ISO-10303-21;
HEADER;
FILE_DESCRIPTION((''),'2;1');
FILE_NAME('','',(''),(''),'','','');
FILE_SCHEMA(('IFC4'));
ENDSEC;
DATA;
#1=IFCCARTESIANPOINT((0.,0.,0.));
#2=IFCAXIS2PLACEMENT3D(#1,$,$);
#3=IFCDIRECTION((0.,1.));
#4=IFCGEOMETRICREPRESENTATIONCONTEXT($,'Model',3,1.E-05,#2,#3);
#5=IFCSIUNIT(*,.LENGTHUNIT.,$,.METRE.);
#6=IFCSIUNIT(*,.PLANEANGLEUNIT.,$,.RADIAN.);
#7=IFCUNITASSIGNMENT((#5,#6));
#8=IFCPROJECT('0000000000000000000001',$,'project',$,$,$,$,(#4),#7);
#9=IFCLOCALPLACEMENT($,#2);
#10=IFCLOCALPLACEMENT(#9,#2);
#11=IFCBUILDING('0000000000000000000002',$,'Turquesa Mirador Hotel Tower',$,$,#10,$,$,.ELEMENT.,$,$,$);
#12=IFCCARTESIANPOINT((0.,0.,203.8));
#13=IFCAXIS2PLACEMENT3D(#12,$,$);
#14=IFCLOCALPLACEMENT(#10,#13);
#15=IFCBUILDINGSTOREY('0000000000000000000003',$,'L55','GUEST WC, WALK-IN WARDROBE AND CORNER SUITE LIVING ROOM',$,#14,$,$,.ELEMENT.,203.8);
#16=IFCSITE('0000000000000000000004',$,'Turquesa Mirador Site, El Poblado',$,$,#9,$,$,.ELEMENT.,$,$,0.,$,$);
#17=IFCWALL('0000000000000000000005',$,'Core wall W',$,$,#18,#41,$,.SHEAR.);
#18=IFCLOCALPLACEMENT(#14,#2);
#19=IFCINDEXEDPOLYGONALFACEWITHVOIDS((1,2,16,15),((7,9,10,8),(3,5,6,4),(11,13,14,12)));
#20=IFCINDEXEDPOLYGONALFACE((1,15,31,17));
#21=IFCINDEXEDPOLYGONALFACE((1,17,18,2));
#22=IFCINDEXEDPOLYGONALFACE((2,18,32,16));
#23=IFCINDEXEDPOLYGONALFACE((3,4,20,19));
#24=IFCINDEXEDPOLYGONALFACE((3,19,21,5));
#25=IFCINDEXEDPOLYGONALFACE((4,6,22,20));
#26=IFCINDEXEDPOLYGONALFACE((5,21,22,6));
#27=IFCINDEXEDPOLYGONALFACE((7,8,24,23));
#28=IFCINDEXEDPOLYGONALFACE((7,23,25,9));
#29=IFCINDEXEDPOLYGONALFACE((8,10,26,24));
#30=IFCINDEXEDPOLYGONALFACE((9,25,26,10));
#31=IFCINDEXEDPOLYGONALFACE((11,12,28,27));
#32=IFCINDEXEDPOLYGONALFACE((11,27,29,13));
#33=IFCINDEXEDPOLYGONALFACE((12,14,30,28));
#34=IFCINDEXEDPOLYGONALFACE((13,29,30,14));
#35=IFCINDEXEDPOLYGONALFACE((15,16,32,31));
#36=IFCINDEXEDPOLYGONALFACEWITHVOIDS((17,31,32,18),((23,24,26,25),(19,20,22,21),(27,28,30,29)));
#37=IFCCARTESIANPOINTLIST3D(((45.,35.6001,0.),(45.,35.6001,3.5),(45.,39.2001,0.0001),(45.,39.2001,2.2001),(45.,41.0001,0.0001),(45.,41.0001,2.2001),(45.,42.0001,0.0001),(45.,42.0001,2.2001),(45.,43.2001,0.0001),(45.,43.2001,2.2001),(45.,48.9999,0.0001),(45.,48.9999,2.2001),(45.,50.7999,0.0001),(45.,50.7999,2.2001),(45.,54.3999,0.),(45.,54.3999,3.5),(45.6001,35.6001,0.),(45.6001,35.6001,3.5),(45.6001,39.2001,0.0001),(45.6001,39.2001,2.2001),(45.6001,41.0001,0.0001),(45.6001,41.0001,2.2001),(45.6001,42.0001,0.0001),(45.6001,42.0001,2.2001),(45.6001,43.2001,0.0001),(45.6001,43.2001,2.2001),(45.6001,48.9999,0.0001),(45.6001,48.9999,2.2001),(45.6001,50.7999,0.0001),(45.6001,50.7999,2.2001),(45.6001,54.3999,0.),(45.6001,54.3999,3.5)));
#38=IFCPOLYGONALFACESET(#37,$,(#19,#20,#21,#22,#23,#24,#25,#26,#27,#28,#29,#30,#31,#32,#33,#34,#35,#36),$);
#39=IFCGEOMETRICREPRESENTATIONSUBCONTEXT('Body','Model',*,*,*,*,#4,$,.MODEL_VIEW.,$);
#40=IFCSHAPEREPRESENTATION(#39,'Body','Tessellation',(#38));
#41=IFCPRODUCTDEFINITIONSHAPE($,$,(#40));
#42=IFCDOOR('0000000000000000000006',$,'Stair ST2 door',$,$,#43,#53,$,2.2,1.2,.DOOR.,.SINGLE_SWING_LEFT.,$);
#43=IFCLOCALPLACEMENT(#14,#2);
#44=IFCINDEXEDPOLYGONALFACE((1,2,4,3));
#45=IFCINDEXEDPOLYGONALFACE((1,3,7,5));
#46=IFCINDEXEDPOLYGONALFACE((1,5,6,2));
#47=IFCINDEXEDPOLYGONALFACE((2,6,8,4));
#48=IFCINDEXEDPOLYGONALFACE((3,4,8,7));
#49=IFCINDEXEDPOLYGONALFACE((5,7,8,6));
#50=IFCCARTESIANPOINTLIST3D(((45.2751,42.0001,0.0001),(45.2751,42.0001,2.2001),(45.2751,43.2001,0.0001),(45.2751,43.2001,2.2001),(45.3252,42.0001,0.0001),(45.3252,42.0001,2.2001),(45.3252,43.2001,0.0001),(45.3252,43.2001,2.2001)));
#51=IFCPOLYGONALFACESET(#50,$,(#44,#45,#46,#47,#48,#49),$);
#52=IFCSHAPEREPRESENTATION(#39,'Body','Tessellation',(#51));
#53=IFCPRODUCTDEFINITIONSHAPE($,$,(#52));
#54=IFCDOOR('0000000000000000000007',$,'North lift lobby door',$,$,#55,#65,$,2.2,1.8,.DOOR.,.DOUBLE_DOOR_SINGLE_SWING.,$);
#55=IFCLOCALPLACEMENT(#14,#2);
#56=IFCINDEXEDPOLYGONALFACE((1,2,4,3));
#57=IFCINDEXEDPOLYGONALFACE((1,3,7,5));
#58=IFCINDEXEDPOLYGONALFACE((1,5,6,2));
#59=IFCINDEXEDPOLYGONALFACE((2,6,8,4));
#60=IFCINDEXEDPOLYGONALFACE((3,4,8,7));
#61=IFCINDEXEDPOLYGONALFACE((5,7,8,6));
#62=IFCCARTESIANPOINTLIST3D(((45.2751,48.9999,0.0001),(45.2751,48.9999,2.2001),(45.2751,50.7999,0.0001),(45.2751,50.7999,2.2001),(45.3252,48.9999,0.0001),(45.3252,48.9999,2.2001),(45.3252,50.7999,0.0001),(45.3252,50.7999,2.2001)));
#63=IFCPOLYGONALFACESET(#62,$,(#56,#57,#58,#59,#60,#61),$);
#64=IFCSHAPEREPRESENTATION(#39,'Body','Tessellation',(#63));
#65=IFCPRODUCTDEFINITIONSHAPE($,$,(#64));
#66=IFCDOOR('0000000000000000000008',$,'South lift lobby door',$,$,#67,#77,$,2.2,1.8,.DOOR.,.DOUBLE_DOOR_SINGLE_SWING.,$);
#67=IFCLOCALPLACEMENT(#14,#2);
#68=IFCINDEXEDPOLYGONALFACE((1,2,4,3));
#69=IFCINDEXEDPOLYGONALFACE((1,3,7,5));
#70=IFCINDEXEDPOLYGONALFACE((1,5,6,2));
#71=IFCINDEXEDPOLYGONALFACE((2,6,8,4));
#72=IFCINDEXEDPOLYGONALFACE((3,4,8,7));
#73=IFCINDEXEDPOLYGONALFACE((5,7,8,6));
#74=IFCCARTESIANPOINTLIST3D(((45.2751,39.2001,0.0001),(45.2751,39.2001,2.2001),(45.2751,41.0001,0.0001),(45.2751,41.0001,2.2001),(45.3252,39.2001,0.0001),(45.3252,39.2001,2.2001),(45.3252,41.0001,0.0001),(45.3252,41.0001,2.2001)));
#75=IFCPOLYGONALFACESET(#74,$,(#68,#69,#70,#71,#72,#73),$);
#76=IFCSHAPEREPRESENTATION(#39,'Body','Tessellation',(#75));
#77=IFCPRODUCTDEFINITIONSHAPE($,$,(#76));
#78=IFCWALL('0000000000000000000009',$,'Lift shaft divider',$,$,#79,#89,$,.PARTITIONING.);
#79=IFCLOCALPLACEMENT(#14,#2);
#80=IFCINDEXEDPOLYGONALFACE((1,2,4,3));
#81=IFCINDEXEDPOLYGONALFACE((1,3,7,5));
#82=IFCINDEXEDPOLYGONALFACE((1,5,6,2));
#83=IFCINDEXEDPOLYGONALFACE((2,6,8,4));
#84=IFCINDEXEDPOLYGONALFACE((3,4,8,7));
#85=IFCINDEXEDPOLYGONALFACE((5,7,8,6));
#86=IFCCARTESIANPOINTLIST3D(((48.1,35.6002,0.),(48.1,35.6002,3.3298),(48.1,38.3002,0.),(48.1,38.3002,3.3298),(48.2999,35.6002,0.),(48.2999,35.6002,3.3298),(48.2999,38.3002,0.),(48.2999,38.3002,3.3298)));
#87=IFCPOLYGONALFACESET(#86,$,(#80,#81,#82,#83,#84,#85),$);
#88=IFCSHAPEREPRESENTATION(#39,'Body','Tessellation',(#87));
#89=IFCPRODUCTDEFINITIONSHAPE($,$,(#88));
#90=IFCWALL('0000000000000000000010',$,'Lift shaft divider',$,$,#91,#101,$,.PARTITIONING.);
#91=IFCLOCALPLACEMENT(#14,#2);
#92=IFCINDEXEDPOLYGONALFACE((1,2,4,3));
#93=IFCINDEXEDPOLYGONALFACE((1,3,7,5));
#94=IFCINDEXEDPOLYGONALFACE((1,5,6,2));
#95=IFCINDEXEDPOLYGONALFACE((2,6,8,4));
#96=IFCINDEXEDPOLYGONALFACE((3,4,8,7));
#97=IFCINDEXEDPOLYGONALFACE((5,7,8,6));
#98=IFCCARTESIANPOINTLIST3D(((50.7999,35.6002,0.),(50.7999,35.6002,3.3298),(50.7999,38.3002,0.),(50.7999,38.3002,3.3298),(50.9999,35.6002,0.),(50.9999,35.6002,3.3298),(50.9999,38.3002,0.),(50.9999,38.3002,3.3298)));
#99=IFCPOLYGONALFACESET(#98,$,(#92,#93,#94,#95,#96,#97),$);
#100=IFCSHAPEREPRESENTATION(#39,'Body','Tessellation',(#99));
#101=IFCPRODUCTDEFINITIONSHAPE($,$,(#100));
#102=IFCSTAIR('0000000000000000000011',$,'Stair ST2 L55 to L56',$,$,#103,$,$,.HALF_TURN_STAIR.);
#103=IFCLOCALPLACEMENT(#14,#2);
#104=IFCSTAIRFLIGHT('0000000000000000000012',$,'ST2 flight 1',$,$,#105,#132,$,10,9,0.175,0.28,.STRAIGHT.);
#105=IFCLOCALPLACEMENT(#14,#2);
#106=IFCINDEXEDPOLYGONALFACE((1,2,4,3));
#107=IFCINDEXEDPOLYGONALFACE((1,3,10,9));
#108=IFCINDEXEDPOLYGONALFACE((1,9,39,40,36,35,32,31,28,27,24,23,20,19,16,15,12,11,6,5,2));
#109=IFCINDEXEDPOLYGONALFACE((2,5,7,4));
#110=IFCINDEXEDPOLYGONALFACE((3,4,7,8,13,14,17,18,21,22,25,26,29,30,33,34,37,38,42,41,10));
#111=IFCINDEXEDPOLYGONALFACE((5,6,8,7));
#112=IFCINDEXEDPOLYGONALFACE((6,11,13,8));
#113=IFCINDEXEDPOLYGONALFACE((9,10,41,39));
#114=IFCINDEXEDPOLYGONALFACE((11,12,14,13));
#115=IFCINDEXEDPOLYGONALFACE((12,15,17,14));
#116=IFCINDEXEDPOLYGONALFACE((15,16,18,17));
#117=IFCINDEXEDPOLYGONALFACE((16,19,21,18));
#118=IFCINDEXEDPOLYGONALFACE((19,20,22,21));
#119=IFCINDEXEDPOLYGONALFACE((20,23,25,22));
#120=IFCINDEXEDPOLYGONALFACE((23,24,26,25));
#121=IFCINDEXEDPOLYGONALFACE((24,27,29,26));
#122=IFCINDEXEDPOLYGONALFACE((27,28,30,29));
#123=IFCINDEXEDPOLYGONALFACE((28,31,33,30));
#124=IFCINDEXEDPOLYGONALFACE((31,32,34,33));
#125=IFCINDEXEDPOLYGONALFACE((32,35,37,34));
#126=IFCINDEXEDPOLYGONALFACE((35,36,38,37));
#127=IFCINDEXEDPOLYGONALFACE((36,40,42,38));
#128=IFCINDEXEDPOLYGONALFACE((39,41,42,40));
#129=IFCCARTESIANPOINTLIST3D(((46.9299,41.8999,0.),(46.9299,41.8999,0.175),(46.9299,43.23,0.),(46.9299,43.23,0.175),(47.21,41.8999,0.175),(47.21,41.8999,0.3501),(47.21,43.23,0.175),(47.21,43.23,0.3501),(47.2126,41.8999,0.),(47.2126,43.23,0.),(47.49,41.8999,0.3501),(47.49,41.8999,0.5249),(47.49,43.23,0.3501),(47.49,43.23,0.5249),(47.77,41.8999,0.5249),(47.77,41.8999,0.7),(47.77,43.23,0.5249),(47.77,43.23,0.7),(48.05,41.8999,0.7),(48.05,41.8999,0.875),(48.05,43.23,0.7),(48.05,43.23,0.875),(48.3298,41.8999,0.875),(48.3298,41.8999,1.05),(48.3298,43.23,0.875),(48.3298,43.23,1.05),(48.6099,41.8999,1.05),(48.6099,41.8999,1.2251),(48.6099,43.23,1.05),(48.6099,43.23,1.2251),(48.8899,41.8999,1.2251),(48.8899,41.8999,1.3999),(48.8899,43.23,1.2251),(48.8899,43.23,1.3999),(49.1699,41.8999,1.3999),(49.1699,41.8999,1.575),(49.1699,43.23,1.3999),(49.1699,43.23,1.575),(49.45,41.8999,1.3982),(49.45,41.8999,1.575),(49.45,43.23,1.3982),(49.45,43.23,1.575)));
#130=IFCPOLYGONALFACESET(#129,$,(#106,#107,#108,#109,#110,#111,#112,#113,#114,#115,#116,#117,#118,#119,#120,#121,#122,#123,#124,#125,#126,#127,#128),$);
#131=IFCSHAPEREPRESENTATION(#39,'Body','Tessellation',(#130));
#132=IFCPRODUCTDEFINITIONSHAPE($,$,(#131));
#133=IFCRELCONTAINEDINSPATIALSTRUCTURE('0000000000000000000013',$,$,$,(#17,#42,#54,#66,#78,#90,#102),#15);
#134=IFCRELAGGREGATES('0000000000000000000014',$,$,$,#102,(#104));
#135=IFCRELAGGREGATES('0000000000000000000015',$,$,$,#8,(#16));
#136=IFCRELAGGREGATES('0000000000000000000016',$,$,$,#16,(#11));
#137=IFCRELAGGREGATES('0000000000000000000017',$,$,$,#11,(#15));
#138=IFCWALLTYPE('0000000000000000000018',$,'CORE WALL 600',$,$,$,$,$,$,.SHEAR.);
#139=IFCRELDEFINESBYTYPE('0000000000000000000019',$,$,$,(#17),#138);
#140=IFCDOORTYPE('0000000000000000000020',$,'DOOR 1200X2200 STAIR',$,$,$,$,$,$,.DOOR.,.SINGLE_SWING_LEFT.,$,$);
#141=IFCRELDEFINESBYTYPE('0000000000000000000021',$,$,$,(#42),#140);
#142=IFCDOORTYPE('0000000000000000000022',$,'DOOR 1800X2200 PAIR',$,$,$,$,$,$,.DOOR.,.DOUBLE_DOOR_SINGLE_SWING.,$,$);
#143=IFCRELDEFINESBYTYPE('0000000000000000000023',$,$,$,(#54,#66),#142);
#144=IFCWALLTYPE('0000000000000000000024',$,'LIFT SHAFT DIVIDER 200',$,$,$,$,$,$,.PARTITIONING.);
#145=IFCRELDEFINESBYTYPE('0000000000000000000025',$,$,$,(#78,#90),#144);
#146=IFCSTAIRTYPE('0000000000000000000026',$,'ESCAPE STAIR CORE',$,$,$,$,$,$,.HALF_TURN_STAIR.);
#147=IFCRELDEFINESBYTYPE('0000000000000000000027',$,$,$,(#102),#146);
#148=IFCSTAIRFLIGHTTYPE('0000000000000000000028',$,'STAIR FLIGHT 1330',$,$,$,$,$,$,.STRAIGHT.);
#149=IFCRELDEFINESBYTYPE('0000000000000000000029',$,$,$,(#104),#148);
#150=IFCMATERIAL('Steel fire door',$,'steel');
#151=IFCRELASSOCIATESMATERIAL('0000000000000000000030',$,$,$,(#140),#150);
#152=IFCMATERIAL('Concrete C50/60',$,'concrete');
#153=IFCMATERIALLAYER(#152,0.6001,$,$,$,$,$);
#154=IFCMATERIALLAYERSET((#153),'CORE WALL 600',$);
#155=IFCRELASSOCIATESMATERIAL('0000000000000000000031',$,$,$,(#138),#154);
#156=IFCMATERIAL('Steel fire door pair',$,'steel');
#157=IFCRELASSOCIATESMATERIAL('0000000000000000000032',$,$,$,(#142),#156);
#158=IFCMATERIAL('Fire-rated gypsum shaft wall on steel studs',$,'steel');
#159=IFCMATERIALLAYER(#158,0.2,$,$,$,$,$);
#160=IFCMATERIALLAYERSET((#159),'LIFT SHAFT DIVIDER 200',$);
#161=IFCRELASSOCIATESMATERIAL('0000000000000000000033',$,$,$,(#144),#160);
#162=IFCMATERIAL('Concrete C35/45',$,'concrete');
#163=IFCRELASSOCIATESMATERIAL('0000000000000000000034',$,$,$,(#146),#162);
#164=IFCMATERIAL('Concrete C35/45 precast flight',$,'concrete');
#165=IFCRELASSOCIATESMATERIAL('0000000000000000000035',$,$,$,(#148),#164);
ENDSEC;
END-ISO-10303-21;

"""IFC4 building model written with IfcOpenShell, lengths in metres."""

from ifc_helpers import new_model, si_unit, direction, frame, frame_2d, origin, place, context, subcontext, project, spatial, polyline, rectangle, outline, extrude, material, layer, layer_set, type_object, element, fill, aggregate, save


model = new_model("IFC4")

# Units and contexts
model_context = context("Model", 3, precision=1e-05, world=origin(), true_north=direction((0.0, 1.0)))
body_context = subcontext(model_context, "Body", "Model", "MODEL_VIEW")
ifc_project = project(units=[si_unit("LENGTHUNIT", "METRE"), si_unit("PLANEANGLEUNIT", "RADIAN")], contexts=[model_context])

# Site, building, storey
site_placement = place(None, origin())
site = spatial("IfcSite", under=ifc_project, at=site_placement, Name="Turquesa Mirador Site, El Poblado", CompositionType="ELEMENT", RefElevation=0.0)
building_placement = place(site_placement, origin())
building = spatial("IfcBuilding", under=site, at=building_placement, Name="Turquesa Mirador Hotel Tower", CompositionType="ELEMENT")
storey_placement = place(building_placement, frame((0.0, 0.0, 203.8)))
storey = spatial("IfcBuildingStorey", under=building, at=storey_placement, Name="L55", Description="GUEST WC, WALK-IN WARDROBE AND CORNER SUITE LIVING ROOM", CompositionType="ELEMENT", Elevation=203.8)

# Shared definitions
ifc_material_1 = material(Name="Steel fire door", Category="steel")
door_type_1 = type_object("IfcDoorType", Name="DOOR 1200X2200 STAIR", OperationType="SINGLE_SWING_LEFT", PredefinedType="DOOR", material=ifc_material_1)

# Wall, openings, doors
ifc_material_2 = material(Name="Concrete C50/60", Category="concrete")
ifc_layer_1 = layer(ifc_material_2, 0.6001)
ifc_layer_set_1 = layer_set([ifc_layer_1], Name="CORE WALL 600")
wall_type_1 = type_object("IfcWallType", Name="CORE WALL 600", PredefinedType="SHEAR", material=ifc_layer_set_1)
wall_1_placement = place(storey_placement, frame((45.3, 35.6001, 0.0), z_axis=(0.0, 0.0, 1.0), x_axis=(0.0, 1.0, 0.0)))
wall_1 = element("IfcWall", 1, at=wall_1_placement, inside=storey, type_object=wall_type_1, Name="Core wall W", PredefinedType="SHEAR", context=body_context, shape_type="SweptSolid", body=[
    extrude(rectangle(XDim=18.7998, YDim=0.6001, at=frame_2d((9.3999, 0.0))), origin(), (0.0, 0.0, 1.0), 3.5),
])
opening_1_placement = place(wall_1_placement, frame((13.3999, 0.0, 0.0)))
opening_1 = element("IfcOpeningElement", 2, at=opening_1_placement, cuts=wall_1, PredefinedType="OPENING", context=body_context, shape_type="SweptSolid", body=[
    extrude(rectangle(XDim=1.8, YDim=2.2, at=frame_2d((0.8999, 1.1001))), frame((0.0, 0.3101, 0.0), z_axis=(0.0, -1.0, 0.0), x_axis=(1.0, 0.0, 0.0)), (0.0, 0.0, 1.0), 0.6201),
])
opening_2_placement = place(wall_1_placement, frame((3.6001, 0.0, 0.0)))
opening_2 = element("IfcOpeningElement", 3, at=opening_2_placement, cuts=wall_1, PredefinedType="OPENING", context=body_context, shape_type="SweptSolid", body=[
    extrude(rectangle(XDim=1.8, YDim=2.2, at=frame_2d((0.8999, 1.1001))), frame((0.0, 0.3101, 0.0), z_axis=(0.0, -1.0, 0.0), x_axis=(1.0, 0.0, 0.0)), (0.0, 0.0, 1.0), 0.6201),
])
opening_3_placement = place(wall_1_placement, frame((6.3999, 0.0, 0.0)))
opening_3 = element("IfcOpeningElement", 4, at=opening_3_placement, cuts=wall_1, PredefinedType="OPENING", context=body_context, shape_type="SweptSolid", body=[
    extrude(rectangle(XDim=1.2, YDim=2.2, at=frame_2d((0.6001, 1.1001))), frame((0.0, 0.3101, 0.0), z_axis=(0.0, -1.0, 0.0), x_axis=(1.0, 0.0, 0.0)), (0.0, 0.0, 1.0), 0.6201),
])
door_1_placement = place(opening_3_placement, origin())
door_1 = element("IfcDoor", 5, at=door_1_placement, inside=storey, type_object=door_type_1, Name="Stair ST2 door", OperationType="SINGLE_SWING_LEFT", OverallHeight=2.2, OverallWidth=1.2, PredefinedType="DOOR", context=body_context, shape_type="SweptSolid", body=[
    extrude(rectangle(XDim=1.2, YDim=2.2, at=frame_2d((0.6001, 1.1001))), frame((0.0, 0.0249, 0.0), z_axis=(0.0, -1.0, 0.0), x_axis=(1.0, 0.0, 0.0)), (0.0, 0.0, 1.0), 0.05),
])
fill(opening_3, door_1)
ifc_material_3 = material(Name="Steel fire door pair", Category="steel")
door_type_2 = type_object("IfcDoorType", Name="DOOR 1800X2200 PAIR", OperationType="DOUBLE_DOOR_SINGLE_SWING", PredefinedType="DOOR", material=ifc_material_3)
door_2_placement = place(opening_1_placement, origin())
door_2 = element("IfcDoor", 6, at=door_2_placement, inside=storey, type_object=door_type_2, Name="North lift lobby door", OperationType="DOUBLE_DOOR_SINGLE_SWING", OverallHeight=2.2, OverallWidth=1.8, PredefinedType="DOOR", context=body_context, shape_type="SweptSolid", body=[
    extrude(rectangle(XDim=1.8, YDim=2.2, at=frame_2d((0.8999, 1.1001))), frame((0.0, 0.0249, 0.0), z_axis=(0.0, -1.0, 0.0), x_axis=(1.0, 0.0, 0.0)), (0.0, 0.0, 1.0), 0.05),
])
fill(opening_1, door_2)
door_3_placement = place(opening_2_placement, origin())
door_3 = element("IfcDoor", 7, at=door_3_placement, inside=storey, type_object=door_type_2, Name="South lift lobby door", OperationType="DOUBLE_DOOR_SINGLE_SWING", OverallHeight=2.2, OverallWidth=1.8, PredefinedType="DOOR", context=body_context, shape_type="SweptSolid", body=[
    extrude(rectangle(XDim=1.8, YDim=2.2, at=frame_2d((0.8999, 1.1001))), frame((0.0, 0.0249, 0.0), z_axis=(0.0, -1.0, 0.0), x_axis=(1.0, 0.0, 0.0)), (0.0, 0.0, 1.0), 0.05),
])
fill(opening_2, door_3)

# Walls
ifc_material_4 = material(Name="Fire-rated gypsum shaft wall on steel studs", Category="steel")
ifc_layer_2 = layer(ifc_material_4, 0.2)
ifc_layer_set_2 = layer_set([ifc_layer_2], Name="LIFT SHAFT DIVIDER 200")
wall_type_2 = type_object("IfcWallType", Name="LIFT SHAFT DIVIDER 200", PredefinedType="PARTITIONING", material=ifc_layer_set_2)
for number, where, z_axis, x_axis, name in (
    (8, (48.2, 35.6001, 0.0), (0.0, 0.0, 1.0), (0.0, 1.0, 0.0), "Lift shaft divider"),
    (9, (50.8999, 35.6001, 0.0), (0.0, 0.0, 1.0), (0.0, 1.0, 0.0), "Lift shaft divider"),
):
    element("IfcWall", number, at=place(storey_placement, frame(where, z_axis=z_axis, x_axis=x_axis)), inside=storey, type_object=wall_type_2, Name=name, PredefinedType="PARTITIONING", context=body_context, shape_type="SweptSolid", body=[
        extrude(rectangle(XDim=2.7, YDim=0.2, at=frame_2d((1.3501, 0.0))), origin(), (0.0, 0.0, 1.0), 3.3298),
    ])

# Stair, stair flight
ifc_material_5 = material(Name="Concrete C35/45", Category="concrete")
stair_type = type_object("IfcStairType", Name="ESCAPE STAIR CORE", PredefinedType="HALF_TURN_STAIR", material=ifc_material_5)
stair_placement = place(storey_placement, origin())
stair = element("IfcStair", 10, at=stair_placement, inside=storey, type_object=stair_type, Name="Stair ST2 L55 to L56", PredefinedType="HALF_TURN_STAIR")
ifc_material_6 = material(Name="Concrete C35/45 precast flight", Category="concrete")
stair_flight_type = type_object("IfcStairFlightType", Name="STAIR FLIGHT 1330", PredefinedType="STRAIGHT", material=ifc_material_6)
stair_flight_placement = place(storey_placement, frame((46.9299, 42.5649, 0.0), z_axis=(0.0, 0.0, 1.0), x_axis=(1.0, 0.0, 0.0)))
stair_flight = element("IfcStairFlight", 11, at=stair_flight_placement, type_object=stair_flight_type, Name="ST2 flight 1", NumberOfRisers=10, NumberOfTreads=9, PredefinedType="STRAIGHT", RiserHeight=0.175, TreadLength=0.28, context=body_context, shape_type="SweptSolid", body=[
    extrude(outline(polyline([(0.0, 0.0), (0.0, 0.175), (0.28, 0.175), (0.28, 0.3501), (0.5601, 0.3501), (0.5601, 0.5249), (0.8401, 0.5249), (0.8401, 0.7), (1.1201, 0.7), (1.1201, 0.875), (1.3999, 0.875), (1.3999, 1.05), (1.6799, 1.05), (1.6799, 1.2251), (1.96, 1.2251), (1.96, 1.3999), (2.24, 1.3999), (2.24, 1.575), (2.52, 1.575), (2.52, 1.75), (2.52, 1.3982), (0.2827, 0.0), (0.0, 0.0)])), frame((0.0, 0.665, 0.0), z_axis=(0.0, -1.0, 0.0), x_axis=(1.0, 0.0, 0.0)), (0.0, 0.0, 1.0), 1.3301),
])
aggregate(stair, [stair_flight])

save(model, "model.ifc")
